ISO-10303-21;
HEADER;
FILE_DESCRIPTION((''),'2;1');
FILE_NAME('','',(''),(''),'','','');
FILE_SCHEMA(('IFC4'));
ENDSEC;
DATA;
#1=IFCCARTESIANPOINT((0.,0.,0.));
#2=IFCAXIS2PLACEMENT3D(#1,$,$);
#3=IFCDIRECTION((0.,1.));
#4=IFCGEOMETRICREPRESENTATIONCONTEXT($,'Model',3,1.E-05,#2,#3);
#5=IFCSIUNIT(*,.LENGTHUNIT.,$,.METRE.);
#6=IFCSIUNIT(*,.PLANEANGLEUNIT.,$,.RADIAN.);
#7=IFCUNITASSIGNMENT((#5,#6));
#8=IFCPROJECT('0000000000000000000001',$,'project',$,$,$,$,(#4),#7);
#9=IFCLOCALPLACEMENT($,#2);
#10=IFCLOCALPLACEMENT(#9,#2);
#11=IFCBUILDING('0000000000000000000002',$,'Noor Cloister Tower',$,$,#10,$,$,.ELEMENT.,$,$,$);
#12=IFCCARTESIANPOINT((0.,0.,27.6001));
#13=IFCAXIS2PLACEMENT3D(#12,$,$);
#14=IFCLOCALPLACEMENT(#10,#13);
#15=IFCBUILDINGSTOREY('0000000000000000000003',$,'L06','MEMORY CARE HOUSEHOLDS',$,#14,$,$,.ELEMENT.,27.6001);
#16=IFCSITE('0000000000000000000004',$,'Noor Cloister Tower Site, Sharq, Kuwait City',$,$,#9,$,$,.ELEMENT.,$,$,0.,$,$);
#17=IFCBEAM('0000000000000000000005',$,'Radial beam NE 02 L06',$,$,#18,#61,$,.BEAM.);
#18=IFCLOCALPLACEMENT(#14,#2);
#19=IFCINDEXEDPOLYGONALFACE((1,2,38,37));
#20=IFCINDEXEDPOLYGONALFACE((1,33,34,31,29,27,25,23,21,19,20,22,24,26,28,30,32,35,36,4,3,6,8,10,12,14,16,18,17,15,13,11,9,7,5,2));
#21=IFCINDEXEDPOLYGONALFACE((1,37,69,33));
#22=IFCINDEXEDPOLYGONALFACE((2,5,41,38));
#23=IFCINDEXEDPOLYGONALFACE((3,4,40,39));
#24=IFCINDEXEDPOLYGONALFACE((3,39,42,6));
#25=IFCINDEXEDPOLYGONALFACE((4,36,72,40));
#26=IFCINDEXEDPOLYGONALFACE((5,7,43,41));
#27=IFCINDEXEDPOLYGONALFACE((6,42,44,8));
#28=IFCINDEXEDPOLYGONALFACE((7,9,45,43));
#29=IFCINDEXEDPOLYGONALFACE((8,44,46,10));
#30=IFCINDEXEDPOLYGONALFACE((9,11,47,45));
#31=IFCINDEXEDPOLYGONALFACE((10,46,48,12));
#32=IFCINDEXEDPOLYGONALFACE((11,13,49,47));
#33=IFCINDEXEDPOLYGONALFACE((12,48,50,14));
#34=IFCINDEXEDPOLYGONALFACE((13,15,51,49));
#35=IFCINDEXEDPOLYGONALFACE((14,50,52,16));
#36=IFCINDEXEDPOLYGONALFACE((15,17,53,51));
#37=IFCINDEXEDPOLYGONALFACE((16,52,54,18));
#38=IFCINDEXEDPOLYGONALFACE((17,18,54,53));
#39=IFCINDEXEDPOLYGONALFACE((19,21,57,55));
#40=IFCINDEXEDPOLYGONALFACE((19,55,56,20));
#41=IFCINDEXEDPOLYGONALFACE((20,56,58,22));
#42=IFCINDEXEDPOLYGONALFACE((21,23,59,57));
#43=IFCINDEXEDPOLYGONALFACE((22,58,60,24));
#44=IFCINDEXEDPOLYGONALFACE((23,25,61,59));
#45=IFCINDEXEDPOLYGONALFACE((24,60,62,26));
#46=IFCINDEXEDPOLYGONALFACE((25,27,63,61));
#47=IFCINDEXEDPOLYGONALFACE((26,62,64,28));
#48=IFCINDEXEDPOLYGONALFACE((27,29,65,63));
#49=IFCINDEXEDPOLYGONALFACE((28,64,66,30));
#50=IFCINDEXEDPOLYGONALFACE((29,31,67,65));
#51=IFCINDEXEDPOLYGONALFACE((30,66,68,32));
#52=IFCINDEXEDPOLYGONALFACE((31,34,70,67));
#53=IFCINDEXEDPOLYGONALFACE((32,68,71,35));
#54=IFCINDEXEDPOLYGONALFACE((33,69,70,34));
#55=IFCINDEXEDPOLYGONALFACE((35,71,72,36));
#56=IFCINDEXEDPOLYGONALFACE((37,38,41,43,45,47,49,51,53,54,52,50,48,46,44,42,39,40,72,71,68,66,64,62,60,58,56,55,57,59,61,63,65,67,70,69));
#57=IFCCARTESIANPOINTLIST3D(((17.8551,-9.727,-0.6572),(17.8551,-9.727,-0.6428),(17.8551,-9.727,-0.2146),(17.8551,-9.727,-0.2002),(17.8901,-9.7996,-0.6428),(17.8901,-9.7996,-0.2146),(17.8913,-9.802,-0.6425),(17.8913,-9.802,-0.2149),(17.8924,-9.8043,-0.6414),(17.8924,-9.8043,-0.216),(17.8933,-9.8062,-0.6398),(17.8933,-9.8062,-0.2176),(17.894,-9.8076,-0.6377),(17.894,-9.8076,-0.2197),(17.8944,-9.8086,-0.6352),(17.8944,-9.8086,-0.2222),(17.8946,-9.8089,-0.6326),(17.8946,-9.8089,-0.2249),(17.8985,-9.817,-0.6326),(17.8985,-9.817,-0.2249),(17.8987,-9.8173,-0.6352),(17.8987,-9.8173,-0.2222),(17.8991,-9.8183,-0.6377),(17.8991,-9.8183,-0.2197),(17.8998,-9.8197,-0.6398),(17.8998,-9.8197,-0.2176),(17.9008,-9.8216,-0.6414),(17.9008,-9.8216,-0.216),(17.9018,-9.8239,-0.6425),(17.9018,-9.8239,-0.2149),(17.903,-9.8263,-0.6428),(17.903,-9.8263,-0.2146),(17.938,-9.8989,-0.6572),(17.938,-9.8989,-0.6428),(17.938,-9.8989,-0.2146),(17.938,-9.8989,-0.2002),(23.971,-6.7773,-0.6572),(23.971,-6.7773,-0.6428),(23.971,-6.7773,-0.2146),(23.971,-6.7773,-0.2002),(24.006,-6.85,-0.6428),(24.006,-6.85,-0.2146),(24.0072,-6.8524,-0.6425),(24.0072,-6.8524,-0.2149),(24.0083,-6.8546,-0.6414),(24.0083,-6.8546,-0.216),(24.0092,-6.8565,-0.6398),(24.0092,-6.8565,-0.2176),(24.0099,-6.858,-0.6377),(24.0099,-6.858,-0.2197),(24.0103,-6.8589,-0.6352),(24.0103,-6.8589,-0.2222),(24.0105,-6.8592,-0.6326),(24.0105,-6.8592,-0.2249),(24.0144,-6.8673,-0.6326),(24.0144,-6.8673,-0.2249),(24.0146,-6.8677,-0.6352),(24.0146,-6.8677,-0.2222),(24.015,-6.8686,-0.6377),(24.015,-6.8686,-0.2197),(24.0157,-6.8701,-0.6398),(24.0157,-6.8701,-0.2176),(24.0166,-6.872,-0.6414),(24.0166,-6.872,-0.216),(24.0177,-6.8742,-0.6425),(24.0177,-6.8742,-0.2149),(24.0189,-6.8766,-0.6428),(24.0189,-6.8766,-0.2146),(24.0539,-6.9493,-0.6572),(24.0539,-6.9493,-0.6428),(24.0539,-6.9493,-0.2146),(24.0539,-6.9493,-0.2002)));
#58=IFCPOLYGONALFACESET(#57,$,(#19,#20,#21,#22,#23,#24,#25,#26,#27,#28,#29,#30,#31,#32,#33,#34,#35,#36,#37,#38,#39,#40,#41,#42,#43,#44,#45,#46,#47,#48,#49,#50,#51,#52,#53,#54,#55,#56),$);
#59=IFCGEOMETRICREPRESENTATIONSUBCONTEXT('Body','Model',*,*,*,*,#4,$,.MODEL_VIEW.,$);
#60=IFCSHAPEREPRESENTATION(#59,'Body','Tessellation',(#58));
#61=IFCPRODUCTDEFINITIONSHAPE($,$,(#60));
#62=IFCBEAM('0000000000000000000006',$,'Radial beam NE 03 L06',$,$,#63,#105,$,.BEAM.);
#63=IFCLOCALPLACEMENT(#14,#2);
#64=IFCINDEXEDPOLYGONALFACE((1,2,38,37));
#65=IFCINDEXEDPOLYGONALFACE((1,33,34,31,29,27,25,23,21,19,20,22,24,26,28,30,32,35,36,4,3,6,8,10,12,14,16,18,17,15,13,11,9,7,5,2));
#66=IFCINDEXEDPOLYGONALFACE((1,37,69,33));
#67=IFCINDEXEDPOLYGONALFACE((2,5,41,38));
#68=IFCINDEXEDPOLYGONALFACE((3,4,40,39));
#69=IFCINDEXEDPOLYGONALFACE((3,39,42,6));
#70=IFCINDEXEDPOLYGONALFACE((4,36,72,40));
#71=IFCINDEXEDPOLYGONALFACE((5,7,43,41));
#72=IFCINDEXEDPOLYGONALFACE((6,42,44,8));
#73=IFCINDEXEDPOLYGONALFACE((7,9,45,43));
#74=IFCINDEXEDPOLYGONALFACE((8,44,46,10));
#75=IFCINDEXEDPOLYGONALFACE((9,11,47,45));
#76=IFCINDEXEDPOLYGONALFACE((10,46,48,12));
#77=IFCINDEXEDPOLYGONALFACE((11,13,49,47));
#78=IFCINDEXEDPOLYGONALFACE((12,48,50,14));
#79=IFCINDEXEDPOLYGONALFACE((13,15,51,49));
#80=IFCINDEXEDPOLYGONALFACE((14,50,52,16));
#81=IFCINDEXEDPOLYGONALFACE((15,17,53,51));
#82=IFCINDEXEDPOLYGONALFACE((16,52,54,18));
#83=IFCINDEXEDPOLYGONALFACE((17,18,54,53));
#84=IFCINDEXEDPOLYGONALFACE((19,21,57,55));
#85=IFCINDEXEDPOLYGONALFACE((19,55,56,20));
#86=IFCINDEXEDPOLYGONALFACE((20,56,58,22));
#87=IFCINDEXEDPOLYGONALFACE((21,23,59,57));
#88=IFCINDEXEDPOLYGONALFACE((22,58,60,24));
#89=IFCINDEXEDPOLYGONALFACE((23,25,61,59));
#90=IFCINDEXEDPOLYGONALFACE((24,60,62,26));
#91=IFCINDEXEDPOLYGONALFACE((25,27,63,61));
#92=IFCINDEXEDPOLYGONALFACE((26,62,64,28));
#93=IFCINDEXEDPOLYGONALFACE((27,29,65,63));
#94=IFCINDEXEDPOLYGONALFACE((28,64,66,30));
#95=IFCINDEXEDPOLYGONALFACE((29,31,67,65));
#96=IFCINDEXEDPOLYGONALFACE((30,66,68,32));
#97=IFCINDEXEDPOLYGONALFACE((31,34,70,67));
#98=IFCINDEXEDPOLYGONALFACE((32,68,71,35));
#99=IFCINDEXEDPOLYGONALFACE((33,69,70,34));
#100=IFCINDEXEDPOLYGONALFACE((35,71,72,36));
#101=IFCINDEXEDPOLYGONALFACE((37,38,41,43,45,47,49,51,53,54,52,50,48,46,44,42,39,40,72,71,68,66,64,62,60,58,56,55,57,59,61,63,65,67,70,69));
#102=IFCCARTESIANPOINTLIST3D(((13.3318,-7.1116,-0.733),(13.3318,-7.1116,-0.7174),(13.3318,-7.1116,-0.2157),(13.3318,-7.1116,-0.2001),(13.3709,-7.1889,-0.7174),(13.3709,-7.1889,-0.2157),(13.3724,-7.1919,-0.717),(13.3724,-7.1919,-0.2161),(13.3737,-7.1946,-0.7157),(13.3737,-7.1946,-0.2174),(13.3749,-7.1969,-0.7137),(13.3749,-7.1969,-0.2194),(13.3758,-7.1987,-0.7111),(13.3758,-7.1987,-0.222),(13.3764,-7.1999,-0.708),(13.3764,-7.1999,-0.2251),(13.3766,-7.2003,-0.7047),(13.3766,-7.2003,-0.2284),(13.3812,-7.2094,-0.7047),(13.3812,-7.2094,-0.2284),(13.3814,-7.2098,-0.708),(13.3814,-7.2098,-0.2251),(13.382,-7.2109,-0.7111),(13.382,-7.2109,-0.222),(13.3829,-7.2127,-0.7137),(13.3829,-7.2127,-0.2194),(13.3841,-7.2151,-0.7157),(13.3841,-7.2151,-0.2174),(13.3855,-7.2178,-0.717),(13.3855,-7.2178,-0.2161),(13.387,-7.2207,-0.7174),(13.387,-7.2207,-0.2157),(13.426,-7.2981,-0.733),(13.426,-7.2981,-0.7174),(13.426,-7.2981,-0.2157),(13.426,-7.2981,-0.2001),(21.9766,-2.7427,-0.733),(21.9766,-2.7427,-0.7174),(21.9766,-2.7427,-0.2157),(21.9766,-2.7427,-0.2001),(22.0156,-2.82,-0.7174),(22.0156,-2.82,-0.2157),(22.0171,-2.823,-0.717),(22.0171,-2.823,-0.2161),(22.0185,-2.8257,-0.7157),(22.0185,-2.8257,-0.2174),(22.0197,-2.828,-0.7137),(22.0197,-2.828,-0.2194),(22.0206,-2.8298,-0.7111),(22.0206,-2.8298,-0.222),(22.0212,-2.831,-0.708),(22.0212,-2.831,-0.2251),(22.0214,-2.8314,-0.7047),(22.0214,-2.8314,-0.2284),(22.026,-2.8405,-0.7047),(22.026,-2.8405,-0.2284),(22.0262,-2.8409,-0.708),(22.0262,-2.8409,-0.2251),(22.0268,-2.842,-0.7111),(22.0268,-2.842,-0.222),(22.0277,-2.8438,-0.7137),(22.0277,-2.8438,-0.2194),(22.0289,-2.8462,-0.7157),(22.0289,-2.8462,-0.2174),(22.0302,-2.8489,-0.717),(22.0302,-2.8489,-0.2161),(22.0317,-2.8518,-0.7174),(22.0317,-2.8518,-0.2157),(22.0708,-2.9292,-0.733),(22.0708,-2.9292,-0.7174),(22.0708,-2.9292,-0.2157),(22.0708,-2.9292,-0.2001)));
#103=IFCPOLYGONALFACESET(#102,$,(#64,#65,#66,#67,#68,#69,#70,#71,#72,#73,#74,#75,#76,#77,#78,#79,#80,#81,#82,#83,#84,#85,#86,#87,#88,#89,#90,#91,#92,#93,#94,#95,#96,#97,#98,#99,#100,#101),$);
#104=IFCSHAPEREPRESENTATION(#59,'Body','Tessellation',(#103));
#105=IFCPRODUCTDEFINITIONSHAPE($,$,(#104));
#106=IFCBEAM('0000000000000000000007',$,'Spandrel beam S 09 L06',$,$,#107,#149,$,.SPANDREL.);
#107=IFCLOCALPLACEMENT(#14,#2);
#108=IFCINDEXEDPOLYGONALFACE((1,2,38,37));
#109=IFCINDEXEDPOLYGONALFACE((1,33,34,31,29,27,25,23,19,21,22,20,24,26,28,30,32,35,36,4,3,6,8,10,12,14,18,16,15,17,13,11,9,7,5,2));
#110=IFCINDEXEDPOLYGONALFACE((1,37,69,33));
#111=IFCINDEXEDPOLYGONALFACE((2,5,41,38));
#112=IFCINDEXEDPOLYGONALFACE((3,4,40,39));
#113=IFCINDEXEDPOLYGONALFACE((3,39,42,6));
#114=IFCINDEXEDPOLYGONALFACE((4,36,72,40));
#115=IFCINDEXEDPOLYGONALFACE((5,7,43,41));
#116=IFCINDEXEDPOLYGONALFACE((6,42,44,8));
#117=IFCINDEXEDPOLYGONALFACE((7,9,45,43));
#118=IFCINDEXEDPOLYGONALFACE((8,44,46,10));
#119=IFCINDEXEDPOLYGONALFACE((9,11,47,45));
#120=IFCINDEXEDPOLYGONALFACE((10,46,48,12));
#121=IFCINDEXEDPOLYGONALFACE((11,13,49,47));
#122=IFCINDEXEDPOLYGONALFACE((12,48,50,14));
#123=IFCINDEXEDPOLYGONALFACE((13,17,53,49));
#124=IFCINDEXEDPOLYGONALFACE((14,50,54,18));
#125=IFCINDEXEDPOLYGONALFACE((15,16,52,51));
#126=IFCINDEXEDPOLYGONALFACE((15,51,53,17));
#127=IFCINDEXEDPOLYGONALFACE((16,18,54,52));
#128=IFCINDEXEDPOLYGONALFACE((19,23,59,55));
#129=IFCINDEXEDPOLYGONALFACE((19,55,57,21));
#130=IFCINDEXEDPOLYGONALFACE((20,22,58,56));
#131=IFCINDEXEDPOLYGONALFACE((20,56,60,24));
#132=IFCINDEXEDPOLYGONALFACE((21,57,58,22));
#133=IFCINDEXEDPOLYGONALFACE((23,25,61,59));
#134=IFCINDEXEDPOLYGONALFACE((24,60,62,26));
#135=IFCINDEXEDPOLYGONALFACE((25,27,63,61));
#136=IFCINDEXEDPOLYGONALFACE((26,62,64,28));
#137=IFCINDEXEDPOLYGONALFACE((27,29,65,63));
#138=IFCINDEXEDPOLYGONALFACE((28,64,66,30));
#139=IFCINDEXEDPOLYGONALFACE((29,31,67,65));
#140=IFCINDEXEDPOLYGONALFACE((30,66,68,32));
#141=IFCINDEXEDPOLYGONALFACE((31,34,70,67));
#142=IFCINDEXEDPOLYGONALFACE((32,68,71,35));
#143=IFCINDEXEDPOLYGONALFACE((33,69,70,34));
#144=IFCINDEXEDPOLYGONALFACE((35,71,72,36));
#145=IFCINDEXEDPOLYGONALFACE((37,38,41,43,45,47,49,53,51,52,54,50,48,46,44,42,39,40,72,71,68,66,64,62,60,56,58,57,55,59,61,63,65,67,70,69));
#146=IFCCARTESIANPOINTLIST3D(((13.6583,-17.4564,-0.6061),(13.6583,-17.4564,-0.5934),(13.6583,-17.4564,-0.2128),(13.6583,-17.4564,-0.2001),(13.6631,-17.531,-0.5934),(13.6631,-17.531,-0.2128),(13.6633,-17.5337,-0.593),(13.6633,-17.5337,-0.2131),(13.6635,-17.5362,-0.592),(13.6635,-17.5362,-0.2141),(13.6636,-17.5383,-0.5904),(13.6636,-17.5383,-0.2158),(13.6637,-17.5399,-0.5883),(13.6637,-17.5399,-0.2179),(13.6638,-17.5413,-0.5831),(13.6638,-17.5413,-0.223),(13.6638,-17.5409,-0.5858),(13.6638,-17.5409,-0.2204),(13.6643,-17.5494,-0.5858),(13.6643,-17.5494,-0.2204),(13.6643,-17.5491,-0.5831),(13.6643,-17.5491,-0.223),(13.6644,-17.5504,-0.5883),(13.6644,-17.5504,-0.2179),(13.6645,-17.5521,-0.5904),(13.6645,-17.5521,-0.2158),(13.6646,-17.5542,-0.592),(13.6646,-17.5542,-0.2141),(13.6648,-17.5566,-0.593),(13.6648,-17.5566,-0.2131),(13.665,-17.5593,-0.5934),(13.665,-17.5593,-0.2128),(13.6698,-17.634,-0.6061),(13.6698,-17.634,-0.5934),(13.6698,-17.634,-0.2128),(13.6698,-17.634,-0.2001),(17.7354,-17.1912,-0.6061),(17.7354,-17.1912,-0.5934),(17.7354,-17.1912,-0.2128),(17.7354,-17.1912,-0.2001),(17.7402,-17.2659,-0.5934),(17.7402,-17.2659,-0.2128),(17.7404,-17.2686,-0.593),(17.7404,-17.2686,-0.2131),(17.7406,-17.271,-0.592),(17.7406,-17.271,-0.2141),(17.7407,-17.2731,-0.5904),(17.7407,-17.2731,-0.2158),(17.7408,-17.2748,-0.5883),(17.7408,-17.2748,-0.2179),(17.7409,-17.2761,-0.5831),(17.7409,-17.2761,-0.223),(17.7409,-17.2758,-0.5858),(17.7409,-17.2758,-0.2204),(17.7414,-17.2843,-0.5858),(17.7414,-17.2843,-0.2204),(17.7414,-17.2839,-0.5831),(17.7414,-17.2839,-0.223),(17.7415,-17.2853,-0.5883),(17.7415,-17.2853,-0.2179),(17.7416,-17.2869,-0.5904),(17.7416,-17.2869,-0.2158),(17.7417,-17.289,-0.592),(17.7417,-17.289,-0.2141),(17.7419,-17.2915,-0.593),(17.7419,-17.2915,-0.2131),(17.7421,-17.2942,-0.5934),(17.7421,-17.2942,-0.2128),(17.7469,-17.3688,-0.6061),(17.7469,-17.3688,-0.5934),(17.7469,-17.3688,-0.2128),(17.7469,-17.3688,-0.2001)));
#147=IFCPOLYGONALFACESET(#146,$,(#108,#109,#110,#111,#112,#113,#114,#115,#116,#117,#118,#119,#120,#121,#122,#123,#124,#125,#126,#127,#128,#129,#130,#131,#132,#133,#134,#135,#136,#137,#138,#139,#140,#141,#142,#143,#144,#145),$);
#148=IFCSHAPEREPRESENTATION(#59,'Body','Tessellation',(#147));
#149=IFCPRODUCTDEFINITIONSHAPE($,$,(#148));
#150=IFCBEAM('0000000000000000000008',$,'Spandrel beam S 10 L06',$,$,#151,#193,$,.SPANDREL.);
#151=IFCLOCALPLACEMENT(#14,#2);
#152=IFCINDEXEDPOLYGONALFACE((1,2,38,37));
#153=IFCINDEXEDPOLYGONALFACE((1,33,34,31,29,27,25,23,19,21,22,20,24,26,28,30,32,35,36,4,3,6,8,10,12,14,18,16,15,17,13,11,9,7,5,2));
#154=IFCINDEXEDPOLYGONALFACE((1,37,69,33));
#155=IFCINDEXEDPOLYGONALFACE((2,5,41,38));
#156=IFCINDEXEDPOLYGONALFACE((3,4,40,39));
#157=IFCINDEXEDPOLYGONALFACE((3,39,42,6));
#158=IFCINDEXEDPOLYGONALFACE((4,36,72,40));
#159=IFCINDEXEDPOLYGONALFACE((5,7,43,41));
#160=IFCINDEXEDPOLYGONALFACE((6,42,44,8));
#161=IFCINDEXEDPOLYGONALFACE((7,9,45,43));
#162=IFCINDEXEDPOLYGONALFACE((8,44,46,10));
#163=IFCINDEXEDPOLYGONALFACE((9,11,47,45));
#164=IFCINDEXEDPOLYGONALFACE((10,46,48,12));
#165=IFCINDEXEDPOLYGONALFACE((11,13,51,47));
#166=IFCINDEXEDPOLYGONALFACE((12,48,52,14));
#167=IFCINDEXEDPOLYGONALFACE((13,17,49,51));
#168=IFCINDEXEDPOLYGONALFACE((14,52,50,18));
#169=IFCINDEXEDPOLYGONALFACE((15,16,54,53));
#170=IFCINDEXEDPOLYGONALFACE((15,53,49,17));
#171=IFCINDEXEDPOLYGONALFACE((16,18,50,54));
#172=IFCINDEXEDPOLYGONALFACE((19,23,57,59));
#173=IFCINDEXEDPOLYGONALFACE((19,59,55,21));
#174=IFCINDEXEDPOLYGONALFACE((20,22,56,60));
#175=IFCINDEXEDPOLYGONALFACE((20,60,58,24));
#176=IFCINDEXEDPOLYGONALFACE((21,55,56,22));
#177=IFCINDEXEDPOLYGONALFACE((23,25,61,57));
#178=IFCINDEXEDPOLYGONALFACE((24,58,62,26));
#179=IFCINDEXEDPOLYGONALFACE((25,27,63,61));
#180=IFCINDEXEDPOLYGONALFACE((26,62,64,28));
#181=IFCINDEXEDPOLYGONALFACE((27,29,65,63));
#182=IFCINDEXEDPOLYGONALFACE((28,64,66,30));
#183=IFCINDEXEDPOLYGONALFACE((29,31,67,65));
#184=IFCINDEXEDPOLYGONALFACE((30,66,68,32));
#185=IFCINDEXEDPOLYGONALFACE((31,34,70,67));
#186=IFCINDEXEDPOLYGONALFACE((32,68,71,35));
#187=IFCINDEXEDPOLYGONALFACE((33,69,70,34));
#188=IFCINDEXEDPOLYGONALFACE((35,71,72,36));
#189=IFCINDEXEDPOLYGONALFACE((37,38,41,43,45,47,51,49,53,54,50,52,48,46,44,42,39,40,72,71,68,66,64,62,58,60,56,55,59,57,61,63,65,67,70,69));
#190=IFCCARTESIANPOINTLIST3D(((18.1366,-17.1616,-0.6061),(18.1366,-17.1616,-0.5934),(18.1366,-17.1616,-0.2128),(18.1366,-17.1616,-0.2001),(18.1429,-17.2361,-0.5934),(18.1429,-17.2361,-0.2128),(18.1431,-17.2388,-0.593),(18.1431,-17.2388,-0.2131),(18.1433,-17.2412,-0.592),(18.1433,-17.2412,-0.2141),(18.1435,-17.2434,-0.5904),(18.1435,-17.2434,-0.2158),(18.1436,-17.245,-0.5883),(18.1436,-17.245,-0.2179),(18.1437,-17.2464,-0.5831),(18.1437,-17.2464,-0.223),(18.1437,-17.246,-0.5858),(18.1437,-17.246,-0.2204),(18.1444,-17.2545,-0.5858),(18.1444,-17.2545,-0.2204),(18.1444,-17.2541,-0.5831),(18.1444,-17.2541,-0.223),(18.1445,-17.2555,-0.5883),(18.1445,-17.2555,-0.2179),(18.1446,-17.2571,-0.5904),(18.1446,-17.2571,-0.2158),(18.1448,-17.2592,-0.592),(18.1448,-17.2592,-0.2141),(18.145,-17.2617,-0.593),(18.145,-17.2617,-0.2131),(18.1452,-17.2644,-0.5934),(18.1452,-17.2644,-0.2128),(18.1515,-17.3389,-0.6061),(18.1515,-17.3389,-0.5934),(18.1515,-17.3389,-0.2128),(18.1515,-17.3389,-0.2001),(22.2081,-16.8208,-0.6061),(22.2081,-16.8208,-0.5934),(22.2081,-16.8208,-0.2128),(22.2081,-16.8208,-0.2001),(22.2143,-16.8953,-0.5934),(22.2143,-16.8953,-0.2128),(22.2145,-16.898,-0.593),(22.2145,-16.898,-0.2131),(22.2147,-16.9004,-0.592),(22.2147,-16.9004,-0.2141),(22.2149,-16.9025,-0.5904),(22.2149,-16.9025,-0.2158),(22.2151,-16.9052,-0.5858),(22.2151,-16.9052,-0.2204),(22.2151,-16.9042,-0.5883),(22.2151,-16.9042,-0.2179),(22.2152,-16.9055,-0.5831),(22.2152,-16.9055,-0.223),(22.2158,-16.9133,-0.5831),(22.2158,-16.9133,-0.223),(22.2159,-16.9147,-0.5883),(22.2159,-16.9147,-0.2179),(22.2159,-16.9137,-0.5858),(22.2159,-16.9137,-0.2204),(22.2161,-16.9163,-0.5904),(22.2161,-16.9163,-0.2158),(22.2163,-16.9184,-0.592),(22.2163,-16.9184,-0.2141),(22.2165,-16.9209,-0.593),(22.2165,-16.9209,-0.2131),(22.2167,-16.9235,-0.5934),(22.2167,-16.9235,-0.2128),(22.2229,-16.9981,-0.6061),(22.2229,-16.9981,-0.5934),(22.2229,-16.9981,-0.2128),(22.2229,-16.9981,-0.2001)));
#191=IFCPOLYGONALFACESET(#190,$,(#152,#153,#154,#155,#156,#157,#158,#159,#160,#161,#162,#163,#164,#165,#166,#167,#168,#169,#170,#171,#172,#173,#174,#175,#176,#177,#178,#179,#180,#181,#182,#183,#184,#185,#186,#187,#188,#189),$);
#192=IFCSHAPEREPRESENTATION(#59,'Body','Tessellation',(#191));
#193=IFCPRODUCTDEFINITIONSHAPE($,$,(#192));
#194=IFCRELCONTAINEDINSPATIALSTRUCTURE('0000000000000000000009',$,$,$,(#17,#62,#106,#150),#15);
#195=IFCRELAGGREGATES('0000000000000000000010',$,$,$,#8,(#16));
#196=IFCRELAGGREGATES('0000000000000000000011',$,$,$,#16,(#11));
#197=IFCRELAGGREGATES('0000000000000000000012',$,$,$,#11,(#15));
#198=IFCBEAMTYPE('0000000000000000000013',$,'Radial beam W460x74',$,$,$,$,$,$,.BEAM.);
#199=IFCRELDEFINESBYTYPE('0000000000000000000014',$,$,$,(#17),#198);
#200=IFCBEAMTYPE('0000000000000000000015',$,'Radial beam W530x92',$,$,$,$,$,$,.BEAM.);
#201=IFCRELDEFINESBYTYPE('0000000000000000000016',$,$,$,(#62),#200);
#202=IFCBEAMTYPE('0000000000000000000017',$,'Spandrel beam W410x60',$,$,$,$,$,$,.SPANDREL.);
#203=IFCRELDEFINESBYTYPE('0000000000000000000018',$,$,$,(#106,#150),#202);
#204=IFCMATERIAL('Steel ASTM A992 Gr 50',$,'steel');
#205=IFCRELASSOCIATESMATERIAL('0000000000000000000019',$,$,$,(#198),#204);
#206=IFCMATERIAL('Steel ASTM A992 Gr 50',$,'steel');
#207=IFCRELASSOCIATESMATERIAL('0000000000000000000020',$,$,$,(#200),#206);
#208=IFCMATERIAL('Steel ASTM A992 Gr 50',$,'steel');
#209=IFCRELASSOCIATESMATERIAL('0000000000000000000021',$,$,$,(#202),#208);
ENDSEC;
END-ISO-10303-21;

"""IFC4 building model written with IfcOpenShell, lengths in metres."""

from ifc_helpers import new_model, si_unit, direction, frame, origin, origin_2d, place, context, subcontext, project, spatial, i_section, extrude, material, material_profile, profile_set, type_object, element, save


model = new_model("IFC4")

# Units and contexts
model_context = context("Model", 3, precision=1e-05, world=origin(), true_north=direction((0.0, 1.0)))
body_context = subcontext(model_context, "Body", "Model", "MODEL_VIEW")
ifc_project = project(units=[si_unit("LENGTHUNIT", "METRE"), si_unit("PLANEANGLEUNIT", "RADIAN")], contexts=[model_context])

# Site, building, storey
site_placement = place(None, origin())
site = spatial("IfcSite", under=ifc_project, at=site_placement, Name="Noor Cloister Tower Site, Sharq, Kuwait City", CompositionType="ELEMENT", RefElevation=0.0)
building_placement = place(site_placement, origin())
building = spatial("IfcBuilding", under=site, at=building_placement, Name="Noor Cloister Tower", CompositionType="ELEMENT")
storey_placement = place(building_placement, frame((0.0, 0.0, 27.6001)))
storey = spatial("IfcBuildingStorey", under=building, at=storey_placement, Name="L06", Description="MEMORY CARE HOUSEHOLDS", CompositionType="ELEMENT", Elevation=27.6001)

# Beams
ifc_material_1 = material(Name="Steel ASTM A992 Gr 50", Category="steel")
ifc_material_profile_1 = material_profile(ifc_material_1, i_section(OverallWidth=0.1909, OverallDepth=0.457, WebThickness=0.009, FlangeThickness=0.0144, FilletRadius=0.0103, at=origin_2d()), Name="W460x74")
ifc_profile_set_1 = profile_set([ifc_material_profile_1], Name="Steel ASTM A992 Gr 50")
beam_type_1 = type_object("IfcBeamType", Name="Radial beam W460x74", PredefinedType="BEAM", material=ifc_profile_set_1)
beam_1_placement = place(storey_placement, frame((24.0125, -6.8633, -0.4287), z_axis=(-0.900715, -0.434411, 0.0), x_axis=(0.434411, -0.900715, 0.0)))
element("IfcBeam", 1, at=beam_1_placement, inside=storey, type_object=beam_type_1, Name="Radial beam NE 02 L06", PredefinedType="BEAM", context=body_context, shape_type="SweptSolid", body=[
    extrude(i_section(OverallWidth=0.1909, OverallDepth=0.457, WebThickness=0.009, FlangeThickness=0.0144, FilletRadius=0.0103, at=origin_2d()), origin(), (0.0, 0.0, 1.0), 6.79),
])
ifc_material_2 = material(Name="Steel ASTM A992 Gr 50", Category="steel")
ifc_material_profile_2 = material_profile(ifc_material_2, i_section(OverallWidth=0.209, OverallDepth=0.533, WebThickness=0.0103, FlangeThickness=0.0156, FilletRadius=0.0127, at=origin_2d()), Name="W530x92")
ifc_profile_set_2 = profile_set([ifc_material_profile_2], Name="Steel ASTM A992 Gr 50")
beam_type_2 = type_object("IfcBeamType", Name="Radial beam W530x92", PredefinedType="BEAM", material=ifc_profile_set_2)
beam_2_placement = place(storey_placement, frame((22.0237, -2.8359, -0.4666), z_axis=(-0.892498, -0.451051, 0.0), x_axis=(0.451051, -0.892498, 0.0)))
element("IfcBeam", 2, at=beam_2_placement, inside=storey, type_object=beam_type_2, Name="Radial beam NE 03 L06", PredefinedType="BEAM", context=body_context, shape_type="SweptSolid", body=[
    extrude(i_section(OverallWidth=0.209, OverallDepth=0.533, WebThickness=0.0103, FlangeThickness=0.0156, FilletRadius=0.0127, at=origin_2d()), origin(), (0.0, 0.0, 1.0), 9.686),
])
ifc_material_3 = material(Name="Steel ASTM A992 Gr 50", Category="steel")
ifc_material_profile_3 = material_profile(ifc_material_3, i_section(OverallWidth=0.178, OverallDepth=0.406, WebThickness=0.0078, FlangeThickness=0.0127, FilletRadius=0.0103, at=origin_2d()), Name="W410x60")
ifc_profile_set_3 = profile_set([ifc_material_profile_3], Name="Steel ASTM A992 Gr 50")
beam_type_3 = type_object("IfcBeamType", Name="Spandrel beam W410x60", PredefinedType="SPANDREL", material=ifc_profile_set_3)
for number, where, z_axis, x_axis, name in (
    (3, (13.6641, -17.5452, -0.4031), (0.997892, 0.064893, 0.0), (-0.064893, 0.997892, 0.0), "Spandrel beam S 09 L06"),
    (4, (18.144, -17.2502, -0.4031), (0.996515, 0.083416, 0.0), (-0.083416, 0.996515, 0.0), "Spandrel beam S 10 L06"),
):
    element("IfcBeam", number, at=place(storey_placement, frame(where, z_axis=z_axis, x_axis=x_axis)), inside=storey, type_object=beam_type_3, Name=name, PredefinedType="SPANDREL", context=body_context, shape_type="SweptSolid", body=[
        extrude(i_section(OverallWidth=0.178, OverallDepth=0.406, WebThickness=0.0078, FlangeThickness=0.0127, FilletRadius=0.0103, at=origin_2d()), origin(), (0.0, 0.0, 1.0), 4.0857),
    ])

save(model, "model.ifc")
